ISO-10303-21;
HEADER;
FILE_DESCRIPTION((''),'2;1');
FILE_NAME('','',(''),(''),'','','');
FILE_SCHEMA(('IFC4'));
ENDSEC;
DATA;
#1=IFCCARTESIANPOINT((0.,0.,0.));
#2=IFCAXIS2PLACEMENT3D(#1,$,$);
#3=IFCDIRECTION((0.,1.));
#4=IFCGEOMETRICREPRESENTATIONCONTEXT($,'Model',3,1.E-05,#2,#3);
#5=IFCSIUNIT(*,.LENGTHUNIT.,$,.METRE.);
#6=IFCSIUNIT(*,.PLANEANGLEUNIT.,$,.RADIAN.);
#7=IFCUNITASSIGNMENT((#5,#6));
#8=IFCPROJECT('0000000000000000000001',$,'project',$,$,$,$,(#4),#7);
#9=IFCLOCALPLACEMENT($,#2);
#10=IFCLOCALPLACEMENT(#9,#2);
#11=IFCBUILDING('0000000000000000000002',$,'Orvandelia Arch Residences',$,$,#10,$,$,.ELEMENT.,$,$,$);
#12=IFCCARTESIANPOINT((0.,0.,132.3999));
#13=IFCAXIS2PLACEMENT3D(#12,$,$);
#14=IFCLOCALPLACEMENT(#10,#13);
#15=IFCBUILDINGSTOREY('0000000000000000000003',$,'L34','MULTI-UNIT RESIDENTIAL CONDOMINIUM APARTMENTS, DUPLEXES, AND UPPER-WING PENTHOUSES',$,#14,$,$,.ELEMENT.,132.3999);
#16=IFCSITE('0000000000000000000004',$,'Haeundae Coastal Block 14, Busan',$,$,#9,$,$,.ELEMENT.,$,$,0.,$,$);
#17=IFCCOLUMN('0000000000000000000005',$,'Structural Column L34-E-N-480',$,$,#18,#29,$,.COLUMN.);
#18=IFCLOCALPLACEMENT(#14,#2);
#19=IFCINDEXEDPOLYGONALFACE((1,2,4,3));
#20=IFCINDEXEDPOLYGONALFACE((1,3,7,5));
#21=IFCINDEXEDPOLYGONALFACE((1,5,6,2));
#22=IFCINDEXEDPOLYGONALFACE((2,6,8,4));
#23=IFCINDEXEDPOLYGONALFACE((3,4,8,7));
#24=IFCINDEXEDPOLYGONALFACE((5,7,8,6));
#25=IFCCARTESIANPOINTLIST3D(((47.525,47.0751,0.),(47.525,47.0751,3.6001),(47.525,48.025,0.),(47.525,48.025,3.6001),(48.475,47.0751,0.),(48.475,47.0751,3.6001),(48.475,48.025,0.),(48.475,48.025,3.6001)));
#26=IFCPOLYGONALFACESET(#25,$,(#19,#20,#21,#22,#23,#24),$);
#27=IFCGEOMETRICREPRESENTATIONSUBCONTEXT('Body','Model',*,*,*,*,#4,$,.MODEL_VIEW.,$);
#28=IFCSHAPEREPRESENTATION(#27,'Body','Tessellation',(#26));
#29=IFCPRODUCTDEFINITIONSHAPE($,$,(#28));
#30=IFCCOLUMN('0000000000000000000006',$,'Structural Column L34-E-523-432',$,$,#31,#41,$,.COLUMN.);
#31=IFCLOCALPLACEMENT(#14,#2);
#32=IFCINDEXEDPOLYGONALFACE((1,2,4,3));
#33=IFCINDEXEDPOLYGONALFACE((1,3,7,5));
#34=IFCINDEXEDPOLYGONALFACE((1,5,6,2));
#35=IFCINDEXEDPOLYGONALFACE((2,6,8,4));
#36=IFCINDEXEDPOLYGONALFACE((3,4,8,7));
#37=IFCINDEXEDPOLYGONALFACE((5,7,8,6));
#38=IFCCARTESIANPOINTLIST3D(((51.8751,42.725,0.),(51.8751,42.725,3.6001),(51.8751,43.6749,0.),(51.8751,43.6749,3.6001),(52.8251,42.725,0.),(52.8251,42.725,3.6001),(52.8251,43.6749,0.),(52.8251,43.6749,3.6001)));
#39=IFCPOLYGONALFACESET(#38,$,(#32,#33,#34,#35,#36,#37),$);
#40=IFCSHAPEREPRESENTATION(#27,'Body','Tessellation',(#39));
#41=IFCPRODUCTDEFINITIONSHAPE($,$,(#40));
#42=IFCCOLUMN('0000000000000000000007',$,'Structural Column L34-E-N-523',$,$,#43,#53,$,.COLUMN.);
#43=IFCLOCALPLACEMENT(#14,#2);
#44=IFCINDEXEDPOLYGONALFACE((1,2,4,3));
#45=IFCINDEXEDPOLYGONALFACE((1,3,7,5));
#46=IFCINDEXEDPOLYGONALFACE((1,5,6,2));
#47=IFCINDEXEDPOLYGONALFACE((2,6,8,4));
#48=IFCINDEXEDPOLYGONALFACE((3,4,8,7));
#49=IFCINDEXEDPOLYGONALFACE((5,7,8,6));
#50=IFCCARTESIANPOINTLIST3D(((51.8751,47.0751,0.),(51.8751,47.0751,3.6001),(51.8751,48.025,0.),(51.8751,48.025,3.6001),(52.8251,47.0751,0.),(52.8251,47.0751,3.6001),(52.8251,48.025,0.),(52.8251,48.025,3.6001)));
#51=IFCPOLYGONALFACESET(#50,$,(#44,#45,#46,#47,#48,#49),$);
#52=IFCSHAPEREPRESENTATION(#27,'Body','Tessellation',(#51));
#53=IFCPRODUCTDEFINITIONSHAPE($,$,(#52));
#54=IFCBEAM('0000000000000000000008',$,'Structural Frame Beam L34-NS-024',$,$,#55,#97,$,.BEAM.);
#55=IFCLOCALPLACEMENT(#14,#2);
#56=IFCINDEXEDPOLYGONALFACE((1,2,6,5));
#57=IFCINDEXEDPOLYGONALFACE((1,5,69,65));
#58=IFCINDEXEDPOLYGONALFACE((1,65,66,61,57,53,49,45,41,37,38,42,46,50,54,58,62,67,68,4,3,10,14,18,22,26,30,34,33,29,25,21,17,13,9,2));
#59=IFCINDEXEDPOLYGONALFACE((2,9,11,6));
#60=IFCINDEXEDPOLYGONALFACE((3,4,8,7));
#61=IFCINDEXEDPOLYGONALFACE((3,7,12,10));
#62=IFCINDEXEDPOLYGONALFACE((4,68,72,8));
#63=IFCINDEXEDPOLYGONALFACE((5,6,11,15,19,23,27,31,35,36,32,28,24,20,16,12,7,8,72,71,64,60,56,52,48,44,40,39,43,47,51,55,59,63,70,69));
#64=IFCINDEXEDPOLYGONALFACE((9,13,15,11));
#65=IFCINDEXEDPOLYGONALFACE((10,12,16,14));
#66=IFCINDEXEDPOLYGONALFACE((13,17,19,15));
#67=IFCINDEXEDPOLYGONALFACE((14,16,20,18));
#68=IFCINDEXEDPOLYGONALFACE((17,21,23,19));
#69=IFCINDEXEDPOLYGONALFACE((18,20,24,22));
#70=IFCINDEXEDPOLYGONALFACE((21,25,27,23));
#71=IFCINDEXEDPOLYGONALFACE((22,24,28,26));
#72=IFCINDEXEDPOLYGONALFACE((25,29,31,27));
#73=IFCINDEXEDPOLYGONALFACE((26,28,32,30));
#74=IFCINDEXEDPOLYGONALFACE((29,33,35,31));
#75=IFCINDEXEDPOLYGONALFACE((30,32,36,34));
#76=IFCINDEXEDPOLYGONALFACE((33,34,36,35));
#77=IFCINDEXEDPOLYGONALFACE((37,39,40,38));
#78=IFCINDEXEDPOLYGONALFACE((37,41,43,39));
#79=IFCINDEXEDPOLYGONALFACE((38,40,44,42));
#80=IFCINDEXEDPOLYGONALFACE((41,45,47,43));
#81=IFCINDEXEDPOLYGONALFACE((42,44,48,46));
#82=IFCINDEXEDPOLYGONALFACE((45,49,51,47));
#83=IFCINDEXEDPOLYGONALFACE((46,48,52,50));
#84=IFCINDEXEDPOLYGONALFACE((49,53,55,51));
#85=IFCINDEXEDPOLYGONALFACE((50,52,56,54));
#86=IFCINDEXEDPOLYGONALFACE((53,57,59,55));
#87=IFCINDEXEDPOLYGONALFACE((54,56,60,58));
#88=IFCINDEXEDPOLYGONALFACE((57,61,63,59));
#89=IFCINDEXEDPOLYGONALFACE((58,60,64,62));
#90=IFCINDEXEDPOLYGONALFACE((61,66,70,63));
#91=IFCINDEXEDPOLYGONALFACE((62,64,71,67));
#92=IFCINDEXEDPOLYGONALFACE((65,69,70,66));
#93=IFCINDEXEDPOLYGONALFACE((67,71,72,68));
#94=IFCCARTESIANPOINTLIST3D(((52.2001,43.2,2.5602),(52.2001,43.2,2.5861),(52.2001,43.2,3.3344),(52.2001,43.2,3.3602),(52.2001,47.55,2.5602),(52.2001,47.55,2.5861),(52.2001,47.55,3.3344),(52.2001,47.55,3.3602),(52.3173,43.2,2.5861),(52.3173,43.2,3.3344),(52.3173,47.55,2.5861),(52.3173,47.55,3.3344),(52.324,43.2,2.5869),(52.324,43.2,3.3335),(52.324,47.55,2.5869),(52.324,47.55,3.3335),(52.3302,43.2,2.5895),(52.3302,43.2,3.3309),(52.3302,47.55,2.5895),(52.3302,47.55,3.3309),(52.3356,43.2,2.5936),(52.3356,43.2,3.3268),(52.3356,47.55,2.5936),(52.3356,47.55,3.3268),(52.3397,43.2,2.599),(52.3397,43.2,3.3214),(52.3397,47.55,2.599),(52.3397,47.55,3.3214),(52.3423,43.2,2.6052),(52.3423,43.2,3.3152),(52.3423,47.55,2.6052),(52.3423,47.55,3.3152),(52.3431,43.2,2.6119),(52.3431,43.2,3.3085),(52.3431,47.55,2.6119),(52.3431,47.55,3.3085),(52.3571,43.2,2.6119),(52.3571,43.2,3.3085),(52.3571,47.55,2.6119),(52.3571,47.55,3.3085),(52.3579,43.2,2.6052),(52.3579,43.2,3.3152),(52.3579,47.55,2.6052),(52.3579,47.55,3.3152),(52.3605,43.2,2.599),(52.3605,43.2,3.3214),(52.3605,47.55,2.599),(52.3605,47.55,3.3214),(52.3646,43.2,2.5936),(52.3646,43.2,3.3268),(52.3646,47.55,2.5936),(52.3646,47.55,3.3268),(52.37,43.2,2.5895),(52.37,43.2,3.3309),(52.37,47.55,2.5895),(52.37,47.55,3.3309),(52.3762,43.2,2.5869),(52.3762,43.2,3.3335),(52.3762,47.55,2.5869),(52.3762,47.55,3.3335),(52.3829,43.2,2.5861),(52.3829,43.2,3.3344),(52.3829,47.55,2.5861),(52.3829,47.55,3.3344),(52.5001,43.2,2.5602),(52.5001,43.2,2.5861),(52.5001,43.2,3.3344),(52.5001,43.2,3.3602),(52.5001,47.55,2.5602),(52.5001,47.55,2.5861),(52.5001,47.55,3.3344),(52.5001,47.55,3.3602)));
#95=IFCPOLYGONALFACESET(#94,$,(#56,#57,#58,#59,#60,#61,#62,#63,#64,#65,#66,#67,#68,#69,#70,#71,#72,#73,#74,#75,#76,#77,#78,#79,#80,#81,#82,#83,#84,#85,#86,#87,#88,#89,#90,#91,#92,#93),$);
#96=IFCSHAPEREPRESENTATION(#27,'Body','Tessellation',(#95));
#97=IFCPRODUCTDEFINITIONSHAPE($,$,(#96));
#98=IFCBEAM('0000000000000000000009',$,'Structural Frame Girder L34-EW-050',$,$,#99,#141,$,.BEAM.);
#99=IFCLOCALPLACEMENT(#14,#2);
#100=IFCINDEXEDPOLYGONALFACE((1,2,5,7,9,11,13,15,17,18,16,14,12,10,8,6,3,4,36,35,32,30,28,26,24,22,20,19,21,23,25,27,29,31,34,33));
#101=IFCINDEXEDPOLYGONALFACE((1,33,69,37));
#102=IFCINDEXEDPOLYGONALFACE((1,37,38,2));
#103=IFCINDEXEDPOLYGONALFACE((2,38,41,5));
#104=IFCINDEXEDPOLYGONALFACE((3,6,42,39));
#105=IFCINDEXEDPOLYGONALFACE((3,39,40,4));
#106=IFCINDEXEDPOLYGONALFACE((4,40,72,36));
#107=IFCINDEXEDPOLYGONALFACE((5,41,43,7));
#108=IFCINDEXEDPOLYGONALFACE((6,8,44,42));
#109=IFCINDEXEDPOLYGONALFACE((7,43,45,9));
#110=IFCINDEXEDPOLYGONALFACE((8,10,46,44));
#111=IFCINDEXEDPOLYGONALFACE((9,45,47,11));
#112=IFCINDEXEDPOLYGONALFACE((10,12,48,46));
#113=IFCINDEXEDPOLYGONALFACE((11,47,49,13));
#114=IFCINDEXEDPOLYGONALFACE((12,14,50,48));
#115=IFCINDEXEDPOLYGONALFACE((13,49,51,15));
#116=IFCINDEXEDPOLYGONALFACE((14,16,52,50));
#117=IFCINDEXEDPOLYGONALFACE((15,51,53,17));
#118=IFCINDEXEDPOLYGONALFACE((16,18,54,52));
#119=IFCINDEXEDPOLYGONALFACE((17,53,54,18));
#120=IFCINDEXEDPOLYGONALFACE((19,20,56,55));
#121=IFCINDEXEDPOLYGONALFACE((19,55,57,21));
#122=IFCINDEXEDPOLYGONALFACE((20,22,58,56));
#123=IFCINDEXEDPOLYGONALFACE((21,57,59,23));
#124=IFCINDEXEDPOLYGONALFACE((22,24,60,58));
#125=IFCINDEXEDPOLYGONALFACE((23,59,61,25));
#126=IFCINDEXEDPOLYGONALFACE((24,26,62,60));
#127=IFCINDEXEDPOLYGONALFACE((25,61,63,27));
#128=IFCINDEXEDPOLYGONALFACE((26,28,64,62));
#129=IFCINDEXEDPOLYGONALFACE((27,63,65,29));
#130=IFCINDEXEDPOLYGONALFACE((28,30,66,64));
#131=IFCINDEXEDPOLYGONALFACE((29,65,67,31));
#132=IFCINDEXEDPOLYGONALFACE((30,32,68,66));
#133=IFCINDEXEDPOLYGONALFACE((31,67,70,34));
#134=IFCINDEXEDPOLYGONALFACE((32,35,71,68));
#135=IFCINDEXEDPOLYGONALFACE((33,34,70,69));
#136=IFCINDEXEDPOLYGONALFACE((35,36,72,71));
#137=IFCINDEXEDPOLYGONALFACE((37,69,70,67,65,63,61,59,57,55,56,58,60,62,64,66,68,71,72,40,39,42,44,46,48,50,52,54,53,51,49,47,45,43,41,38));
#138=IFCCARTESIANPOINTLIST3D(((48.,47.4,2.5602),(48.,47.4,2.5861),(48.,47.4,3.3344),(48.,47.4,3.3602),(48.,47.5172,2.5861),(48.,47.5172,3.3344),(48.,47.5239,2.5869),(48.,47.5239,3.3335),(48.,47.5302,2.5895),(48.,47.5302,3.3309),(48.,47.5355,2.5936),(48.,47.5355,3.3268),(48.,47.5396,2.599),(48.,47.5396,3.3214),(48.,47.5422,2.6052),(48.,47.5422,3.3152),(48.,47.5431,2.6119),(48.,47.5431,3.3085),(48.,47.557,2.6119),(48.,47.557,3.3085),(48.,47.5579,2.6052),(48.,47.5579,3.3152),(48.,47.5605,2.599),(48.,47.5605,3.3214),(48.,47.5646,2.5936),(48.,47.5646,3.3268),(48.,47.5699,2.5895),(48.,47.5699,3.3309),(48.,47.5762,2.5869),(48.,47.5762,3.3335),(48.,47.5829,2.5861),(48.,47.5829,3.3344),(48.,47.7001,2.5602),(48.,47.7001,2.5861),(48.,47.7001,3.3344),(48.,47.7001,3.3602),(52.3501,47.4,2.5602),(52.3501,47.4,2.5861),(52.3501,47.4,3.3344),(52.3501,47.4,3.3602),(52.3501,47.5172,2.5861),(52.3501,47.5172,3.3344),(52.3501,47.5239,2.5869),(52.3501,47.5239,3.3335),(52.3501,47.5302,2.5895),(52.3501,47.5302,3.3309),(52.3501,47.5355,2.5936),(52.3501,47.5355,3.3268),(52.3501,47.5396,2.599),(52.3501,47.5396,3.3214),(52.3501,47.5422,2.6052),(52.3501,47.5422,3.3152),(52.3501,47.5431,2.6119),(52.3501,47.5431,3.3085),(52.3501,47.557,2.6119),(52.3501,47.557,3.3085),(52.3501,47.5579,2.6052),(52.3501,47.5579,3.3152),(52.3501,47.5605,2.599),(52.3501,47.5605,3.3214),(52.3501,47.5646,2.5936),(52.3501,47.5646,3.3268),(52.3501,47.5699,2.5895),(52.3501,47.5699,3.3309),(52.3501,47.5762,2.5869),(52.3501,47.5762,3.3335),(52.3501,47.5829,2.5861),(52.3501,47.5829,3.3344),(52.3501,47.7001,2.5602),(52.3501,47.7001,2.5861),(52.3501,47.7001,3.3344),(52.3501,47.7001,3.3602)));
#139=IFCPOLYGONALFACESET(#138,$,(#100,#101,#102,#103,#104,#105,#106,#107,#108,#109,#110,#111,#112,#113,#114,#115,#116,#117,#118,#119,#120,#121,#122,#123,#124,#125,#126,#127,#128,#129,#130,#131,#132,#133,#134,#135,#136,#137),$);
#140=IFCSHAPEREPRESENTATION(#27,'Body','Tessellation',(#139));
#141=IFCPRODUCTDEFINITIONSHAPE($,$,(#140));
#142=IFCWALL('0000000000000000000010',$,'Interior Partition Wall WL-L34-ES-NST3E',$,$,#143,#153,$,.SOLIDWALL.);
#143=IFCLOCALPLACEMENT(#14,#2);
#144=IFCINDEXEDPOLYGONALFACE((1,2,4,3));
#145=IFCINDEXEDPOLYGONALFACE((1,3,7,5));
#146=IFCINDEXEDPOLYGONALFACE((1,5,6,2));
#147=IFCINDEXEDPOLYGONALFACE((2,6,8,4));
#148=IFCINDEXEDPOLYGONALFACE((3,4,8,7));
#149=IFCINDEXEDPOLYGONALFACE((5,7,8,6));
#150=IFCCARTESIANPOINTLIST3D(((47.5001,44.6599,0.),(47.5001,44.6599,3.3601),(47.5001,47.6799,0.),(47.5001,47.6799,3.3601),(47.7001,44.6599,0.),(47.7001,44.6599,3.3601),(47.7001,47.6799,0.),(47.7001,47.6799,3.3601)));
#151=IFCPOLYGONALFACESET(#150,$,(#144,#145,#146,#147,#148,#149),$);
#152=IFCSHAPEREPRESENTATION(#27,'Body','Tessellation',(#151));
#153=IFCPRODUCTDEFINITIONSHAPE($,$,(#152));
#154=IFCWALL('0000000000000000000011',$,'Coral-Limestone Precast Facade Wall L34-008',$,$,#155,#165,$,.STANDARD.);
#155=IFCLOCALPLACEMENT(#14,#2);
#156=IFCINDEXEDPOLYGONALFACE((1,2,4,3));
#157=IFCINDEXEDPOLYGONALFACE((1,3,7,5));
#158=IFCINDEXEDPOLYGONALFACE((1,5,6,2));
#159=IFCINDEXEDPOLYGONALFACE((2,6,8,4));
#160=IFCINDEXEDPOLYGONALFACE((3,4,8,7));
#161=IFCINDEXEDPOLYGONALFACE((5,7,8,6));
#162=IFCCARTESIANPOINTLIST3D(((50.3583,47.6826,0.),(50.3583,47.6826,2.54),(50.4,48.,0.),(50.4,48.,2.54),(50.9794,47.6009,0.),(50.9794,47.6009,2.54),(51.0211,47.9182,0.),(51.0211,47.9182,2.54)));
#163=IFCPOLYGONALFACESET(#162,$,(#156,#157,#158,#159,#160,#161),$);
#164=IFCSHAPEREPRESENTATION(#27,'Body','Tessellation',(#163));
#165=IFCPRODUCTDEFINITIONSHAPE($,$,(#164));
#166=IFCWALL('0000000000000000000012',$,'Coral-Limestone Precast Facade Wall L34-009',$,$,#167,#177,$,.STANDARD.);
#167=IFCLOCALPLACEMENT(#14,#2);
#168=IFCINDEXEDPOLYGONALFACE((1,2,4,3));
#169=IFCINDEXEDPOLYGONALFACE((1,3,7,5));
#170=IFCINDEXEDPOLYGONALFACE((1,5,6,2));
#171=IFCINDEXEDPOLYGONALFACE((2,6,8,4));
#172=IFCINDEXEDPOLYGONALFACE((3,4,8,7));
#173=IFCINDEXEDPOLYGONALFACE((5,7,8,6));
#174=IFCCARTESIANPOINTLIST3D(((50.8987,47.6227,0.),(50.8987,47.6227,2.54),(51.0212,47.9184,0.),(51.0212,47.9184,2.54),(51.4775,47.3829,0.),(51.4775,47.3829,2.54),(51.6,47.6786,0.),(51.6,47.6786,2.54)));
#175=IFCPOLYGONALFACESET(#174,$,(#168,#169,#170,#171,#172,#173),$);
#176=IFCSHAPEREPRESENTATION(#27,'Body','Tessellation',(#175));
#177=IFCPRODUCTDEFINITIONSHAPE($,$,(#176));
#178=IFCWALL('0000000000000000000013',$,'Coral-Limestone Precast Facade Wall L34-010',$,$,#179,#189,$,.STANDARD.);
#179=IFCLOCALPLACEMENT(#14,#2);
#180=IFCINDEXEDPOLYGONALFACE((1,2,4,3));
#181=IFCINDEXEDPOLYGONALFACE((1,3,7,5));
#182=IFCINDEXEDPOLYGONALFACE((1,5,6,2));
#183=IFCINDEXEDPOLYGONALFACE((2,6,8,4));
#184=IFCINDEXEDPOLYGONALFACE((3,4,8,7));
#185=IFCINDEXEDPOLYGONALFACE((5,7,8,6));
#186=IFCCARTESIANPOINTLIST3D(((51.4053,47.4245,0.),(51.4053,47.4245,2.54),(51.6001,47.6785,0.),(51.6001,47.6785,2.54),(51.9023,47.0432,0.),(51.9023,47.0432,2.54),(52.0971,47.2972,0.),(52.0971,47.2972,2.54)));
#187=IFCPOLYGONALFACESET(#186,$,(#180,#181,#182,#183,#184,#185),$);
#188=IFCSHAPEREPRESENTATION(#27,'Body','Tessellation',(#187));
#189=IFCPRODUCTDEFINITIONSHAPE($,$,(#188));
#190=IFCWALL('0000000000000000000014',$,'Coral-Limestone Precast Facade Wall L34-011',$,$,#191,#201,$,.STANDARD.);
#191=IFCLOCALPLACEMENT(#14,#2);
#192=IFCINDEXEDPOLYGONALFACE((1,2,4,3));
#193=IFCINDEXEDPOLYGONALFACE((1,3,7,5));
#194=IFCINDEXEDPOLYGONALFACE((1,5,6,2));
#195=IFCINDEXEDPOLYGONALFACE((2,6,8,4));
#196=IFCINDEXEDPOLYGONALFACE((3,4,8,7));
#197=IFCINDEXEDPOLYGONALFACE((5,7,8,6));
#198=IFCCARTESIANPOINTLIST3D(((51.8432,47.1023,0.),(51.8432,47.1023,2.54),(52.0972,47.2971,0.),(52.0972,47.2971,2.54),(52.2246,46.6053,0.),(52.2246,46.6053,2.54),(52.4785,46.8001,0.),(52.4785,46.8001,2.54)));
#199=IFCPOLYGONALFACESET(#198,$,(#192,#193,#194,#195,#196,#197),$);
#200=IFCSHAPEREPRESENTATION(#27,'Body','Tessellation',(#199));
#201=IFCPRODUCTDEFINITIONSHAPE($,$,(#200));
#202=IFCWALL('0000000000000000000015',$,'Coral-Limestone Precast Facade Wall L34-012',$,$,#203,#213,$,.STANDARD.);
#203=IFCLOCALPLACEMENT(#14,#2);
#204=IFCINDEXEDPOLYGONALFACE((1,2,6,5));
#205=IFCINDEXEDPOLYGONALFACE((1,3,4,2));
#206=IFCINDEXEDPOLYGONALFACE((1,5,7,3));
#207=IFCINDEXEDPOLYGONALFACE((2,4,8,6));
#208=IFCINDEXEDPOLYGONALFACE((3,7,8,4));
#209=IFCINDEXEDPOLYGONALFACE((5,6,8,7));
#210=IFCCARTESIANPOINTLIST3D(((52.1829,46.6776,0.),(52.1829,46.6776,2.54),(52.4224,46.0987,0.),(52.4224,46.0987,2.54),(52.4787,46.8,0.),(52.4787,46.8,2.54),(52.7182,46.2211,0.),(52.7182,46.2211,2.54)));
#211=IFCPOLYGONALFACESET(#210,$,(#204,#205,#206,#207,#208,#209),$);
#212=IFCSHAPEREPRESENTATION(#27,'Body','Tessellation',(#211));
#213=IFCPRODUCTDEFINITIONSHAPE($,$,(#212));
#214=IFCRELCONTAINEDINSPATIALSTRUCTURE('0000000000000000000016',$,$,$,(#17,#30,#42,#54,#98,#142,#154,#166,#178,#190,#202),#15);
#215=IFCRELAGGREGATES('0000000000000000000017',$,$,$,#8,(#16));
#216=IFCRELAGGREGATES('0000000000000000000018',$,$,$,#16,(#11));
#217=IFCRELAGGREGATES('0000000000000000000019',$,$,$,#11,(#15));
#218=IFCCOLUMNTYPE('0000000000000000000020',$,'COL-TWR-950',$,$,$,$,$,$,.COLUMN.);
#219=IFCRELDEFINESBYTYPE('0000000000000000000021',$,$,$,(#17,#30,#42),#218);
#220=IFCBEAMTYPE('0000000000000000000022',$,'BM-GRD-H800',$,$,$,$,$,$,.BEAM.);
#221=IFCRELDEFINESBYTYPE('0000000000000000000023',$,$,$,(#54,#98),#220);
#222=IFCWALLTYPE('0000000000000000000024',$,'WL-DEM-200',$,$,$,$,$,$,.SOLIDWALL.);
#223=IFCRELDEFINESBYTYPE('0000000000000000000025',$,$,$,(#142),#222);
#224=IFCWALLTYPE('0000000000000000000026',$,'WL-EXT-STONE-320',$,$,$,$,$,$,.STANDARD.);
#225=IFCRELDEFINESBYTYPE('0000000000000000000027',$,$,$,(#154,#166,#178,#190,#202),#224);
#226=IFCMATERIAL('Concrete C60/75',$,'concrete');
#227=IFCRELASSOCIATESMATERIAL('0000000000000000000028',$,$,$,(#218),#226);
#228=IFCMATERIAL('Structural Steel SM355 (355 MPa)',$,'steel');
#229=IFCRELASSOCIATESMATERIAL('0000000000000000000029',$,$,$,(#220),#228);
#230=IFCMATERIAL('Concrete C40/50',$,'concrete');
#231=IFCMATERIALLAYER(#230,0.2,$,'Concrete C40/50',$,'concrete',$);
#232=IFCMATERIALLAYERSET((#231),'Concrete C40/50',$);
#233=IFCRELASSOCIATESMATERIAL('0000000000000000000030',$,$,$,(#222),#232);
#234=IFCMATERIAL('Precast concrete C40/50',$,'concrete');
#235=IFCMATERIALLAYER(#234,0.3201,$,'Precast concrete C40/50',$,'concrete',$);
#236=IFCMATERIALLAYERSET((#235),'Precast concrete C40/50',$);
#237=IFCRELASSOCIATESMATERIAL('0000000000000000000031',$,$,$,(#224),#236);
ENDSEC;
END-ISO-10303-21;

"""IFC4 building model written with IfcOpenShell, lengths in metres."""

from ifc_helpers import new_model, si_unit, direction, frame, frame_2d, origin, origin_2d, place, context, subcontext, project, spatial, rectangle, i_section, extrude, material, layer, layer_set, material_profile, profile_set, type_object, element, save


model = new_model("IFC4")

# Units and contexts
model_context = context("Model", 3, precision=1e-05, world=origin(), true_north=direction((0.0, 1.0)))
body_context = subcontext(model_context, "Body", "Model", "MODEL_VIEW")
ifc_project = project(units=[si_unit("LENGTHUNIT", "METRE"), si_unit("PLANEANGLEUNIT", "RADIAN")], contexts=[model_context])

# Site, building, storey
site_placement = place(None, origin())
site = spatial("IfcSite", under=ifc_project, at=site_placement, Name="Haeundae Coastal Block 14, Busan", CompositionType="ELEMENT", RefElevation=0.0)
building_placement = place(site_placement, origin())
building = spatial("IfcBuilding", under=site, at=building_placement, Name="Orvandelia Arch Residences", CompositionType="ELEMENT")
storey_placement = place(building_placement, frame((0.0, 0.0, 132.3999)))
storey = spatial("IfcBuildingStorey", under=building, at=storey_placement, Name="L34", Description="MULTI-UNIT RESIDENTIAL CONDOMINIUM APARTMENTS, DUPLEXES, AND UPPER-WING PENTHOUSES", CompositionType="ELEMENT", Elevation=132.3999)

# Columns
ifc_material_1 = material(Name="Concrete C60/75", Category="concrete")
ifc_material_profile_1 = material_profile(ifc_material_1, rectangle(XDim=0.95, YDim=0.95, at=origin_2d()), Name="Concrete C60/75", Category="concrete")
ifc_profile_set_1 = profile_set([ifc_material_profile_1], Name="Concrete C60/75")
column_type = type_object("IfcColumnType", Name="COL-TWR-950", PredefinedType="COLUMN", material=ifc_profile_set_1)
for number, where, z_axis, x_axis, name in (
    (1, (48.0, 47.55, 0.0), (0.0, 0.0, 1.0), (1.0, 0.0, 0.0), "Structural Column L34-E-N-480"),
    (2, (52.3501, 43.2, 0.0), (0.0, 0.0, 1.0), (1.0, 0.0, 0.0), "Structural Column L34-E-523-432"),
    (3, (52.3501, 47.55, 0.0), (0.0, 0.0, 1.0), (1.0, 0.0, 0.0), "Structural Column L34-E-N-523"),
):
    element("IfcColumn", number, at=place(storey_placement, frame(where, z_axis=z_axis, x_axis=x_axis)), inside=storey, type_object=column_type, Name=name, PredefinedType="COLUMN", context=body_context, shape_type="SweptSolid", body=[
        extrude(rectangle(XDim=0.95, YDim=0.95, at=origin_2d()), origin(), (0.0, 0.0, 1.0), 3.6001),
    ])

# Beams
ifc_material_2 = material(Name="Structural Steel SM355 (355 MPa)", Category="steel")
ifc_material_profile_2 = material_profile(ifc_material_2, i_section(OverallWidth=0.3, OverallDepth=0.8, WebThickness=0.0139, FlangeThickness=0.0259, FilletRadius=0.0259, at=origin_2d()), Name="Structural Steel SM355 (355 MPa)", Category="steel")
ifc_profile_set_2 = profile_set([ifc_material_profile_2], Name="Structural Steel SM355 (355 MPa)")
beam_type = type_object("IfcBeamType", Name="BM-GRD-H800", PredefinedType="BEAM", material=ifc_profile_set_2)
for number, where, z_axis, x_axis, name in (
    (4, (52.3501, 43.2, 2.9602), (0.0, 1.0, 0.0), (-1.0, 0.0, 0.0), "Structural Frame Beam L34-NS-024"),
    (5, (48.0, 47.55, 2.9602), (1.0, 0.0, 0.0), (0.0, 1.0, 0.0), "Structural Frame Girder L34-EW-050"),
):
    element("IfcBeam", number, at=place(storey_placement, frame(where, z_axis=z_axis, x_axis=x_axis)), inside=storey, type_object=beam_type, Name=name, PredefinedType="BEAM", context=body_context, shape_type="SweptSolid", body=[
        extrude(i_section(OverallWidth=0.3, OverallDepth=0.8, WebThickness=0.0139, FlangeThickness=0.0259, FilletRadius=0.0259, at=origin_2d()), origin(), (0.0, 0.0, 1.0), 4.3501),
    ])

# Walls
ifc_material_3 = material(Name="Concrete C40/50", Category="concrete")
ifc_layer_1 = layer(ifc_material_3, 0.2, Name="Concrete C40/50", Category="concrete")
ifc_layer_set_1 = layer_set([ifc_layer_1], Name="Concrete C40/50")
wall_type_1 = type_object("IfcWallType", Name="WL-DEM-200", PredefinedType="SOLIDWALL", material=ifc_layer_set_1)
wall_1_placement = place(storey_placement, frame((47.6001, 44.6599, 0.0), z_axis=(0.0, 0.0, 1.0), x_axis=(0.0, 1.0, 0.0)))
element("IfcWall", 6, at=wall_1_placement, inside=storey, type_object=wall_type_1, Name="Interior Partition Wall WL-L34-ES-NST3E", PredefinedType="SOLIDWALL", context=body_context, shape_type="SweptSolid", body=[
    extrude(rectangle(XDim=3.02, YDim=0.2, at=frame_2d((1.51, 0.0))), origin(), (0.0, 0.0, 1.0), 3.3601),
])
ifc_material_4 = material(Name="Precast concrete C40/50", Category="concrete")
ifc_layer_2 = layer(ifc_material_4, 0.3201, Name="Precast concrete C40/50", Category="concrete")
ifc_layer_set_2 = layer_set([ifc_layer_2], Name="Precast concrete C40/50")
wall_type_2 = type_object("IfcWallType", Name="WL-EXT-STONE-320", PredefinedType="STANDARD", material=ifc_layer_set_2)
for number, where, z_axis, x_axis, name in (
    (7, (50.3792, 47.8413, 0.0), (0.0, 0.0, 1.0), (0.991441, -0.130555, 0.0), "Coral-Limestone Precast Facade Wall L34-008"),
    (8, (50.96, 47.7705, 0.0), (0.0, 0.0, 1.0), (0.923893, -0.38265, 0.0), "Coral-Limestone Precast Facade Wall L34-009"),
    (9, (51.5027, 47.5515, 0.0), (0.0, 0.0, 1.0), (0.793406, -0.608693, 0.0), "Coral-Limestone Precast Facade Wall L34-010"),
    (10, (51.9702, 47.1997, 0.0), (0.0, 0.0, 1.0), (0.608693, -0.793406, 0.0), "Coral-Limestone Precast Facade Wall L34-011"),
    (11, (52.3308, 46.7388, 0.0), (0.0, 0.0, 1.0), (0.382317, -0.924031, 0.0), "Coral-Limestone Precast Facade Wall L34-012"),
):
    element("IfcWall", number, at=place(storey_placement, frame(where, z_axis=z_axis, x_axis=x_axis)), inside=storey, type_object=wall_type_2, Name=name, PredefinedType="STANDARD", context=body_context, shape_type="SweptSolid", body=[
        extrude(rectangle(XDim=0.6265, YDim=0.3201, at=frame_2d((0.3132, 0.0))), origin(), (0.0, 0.0, 1.0), 2.54),
    ])

save(model, "model.ifc")
